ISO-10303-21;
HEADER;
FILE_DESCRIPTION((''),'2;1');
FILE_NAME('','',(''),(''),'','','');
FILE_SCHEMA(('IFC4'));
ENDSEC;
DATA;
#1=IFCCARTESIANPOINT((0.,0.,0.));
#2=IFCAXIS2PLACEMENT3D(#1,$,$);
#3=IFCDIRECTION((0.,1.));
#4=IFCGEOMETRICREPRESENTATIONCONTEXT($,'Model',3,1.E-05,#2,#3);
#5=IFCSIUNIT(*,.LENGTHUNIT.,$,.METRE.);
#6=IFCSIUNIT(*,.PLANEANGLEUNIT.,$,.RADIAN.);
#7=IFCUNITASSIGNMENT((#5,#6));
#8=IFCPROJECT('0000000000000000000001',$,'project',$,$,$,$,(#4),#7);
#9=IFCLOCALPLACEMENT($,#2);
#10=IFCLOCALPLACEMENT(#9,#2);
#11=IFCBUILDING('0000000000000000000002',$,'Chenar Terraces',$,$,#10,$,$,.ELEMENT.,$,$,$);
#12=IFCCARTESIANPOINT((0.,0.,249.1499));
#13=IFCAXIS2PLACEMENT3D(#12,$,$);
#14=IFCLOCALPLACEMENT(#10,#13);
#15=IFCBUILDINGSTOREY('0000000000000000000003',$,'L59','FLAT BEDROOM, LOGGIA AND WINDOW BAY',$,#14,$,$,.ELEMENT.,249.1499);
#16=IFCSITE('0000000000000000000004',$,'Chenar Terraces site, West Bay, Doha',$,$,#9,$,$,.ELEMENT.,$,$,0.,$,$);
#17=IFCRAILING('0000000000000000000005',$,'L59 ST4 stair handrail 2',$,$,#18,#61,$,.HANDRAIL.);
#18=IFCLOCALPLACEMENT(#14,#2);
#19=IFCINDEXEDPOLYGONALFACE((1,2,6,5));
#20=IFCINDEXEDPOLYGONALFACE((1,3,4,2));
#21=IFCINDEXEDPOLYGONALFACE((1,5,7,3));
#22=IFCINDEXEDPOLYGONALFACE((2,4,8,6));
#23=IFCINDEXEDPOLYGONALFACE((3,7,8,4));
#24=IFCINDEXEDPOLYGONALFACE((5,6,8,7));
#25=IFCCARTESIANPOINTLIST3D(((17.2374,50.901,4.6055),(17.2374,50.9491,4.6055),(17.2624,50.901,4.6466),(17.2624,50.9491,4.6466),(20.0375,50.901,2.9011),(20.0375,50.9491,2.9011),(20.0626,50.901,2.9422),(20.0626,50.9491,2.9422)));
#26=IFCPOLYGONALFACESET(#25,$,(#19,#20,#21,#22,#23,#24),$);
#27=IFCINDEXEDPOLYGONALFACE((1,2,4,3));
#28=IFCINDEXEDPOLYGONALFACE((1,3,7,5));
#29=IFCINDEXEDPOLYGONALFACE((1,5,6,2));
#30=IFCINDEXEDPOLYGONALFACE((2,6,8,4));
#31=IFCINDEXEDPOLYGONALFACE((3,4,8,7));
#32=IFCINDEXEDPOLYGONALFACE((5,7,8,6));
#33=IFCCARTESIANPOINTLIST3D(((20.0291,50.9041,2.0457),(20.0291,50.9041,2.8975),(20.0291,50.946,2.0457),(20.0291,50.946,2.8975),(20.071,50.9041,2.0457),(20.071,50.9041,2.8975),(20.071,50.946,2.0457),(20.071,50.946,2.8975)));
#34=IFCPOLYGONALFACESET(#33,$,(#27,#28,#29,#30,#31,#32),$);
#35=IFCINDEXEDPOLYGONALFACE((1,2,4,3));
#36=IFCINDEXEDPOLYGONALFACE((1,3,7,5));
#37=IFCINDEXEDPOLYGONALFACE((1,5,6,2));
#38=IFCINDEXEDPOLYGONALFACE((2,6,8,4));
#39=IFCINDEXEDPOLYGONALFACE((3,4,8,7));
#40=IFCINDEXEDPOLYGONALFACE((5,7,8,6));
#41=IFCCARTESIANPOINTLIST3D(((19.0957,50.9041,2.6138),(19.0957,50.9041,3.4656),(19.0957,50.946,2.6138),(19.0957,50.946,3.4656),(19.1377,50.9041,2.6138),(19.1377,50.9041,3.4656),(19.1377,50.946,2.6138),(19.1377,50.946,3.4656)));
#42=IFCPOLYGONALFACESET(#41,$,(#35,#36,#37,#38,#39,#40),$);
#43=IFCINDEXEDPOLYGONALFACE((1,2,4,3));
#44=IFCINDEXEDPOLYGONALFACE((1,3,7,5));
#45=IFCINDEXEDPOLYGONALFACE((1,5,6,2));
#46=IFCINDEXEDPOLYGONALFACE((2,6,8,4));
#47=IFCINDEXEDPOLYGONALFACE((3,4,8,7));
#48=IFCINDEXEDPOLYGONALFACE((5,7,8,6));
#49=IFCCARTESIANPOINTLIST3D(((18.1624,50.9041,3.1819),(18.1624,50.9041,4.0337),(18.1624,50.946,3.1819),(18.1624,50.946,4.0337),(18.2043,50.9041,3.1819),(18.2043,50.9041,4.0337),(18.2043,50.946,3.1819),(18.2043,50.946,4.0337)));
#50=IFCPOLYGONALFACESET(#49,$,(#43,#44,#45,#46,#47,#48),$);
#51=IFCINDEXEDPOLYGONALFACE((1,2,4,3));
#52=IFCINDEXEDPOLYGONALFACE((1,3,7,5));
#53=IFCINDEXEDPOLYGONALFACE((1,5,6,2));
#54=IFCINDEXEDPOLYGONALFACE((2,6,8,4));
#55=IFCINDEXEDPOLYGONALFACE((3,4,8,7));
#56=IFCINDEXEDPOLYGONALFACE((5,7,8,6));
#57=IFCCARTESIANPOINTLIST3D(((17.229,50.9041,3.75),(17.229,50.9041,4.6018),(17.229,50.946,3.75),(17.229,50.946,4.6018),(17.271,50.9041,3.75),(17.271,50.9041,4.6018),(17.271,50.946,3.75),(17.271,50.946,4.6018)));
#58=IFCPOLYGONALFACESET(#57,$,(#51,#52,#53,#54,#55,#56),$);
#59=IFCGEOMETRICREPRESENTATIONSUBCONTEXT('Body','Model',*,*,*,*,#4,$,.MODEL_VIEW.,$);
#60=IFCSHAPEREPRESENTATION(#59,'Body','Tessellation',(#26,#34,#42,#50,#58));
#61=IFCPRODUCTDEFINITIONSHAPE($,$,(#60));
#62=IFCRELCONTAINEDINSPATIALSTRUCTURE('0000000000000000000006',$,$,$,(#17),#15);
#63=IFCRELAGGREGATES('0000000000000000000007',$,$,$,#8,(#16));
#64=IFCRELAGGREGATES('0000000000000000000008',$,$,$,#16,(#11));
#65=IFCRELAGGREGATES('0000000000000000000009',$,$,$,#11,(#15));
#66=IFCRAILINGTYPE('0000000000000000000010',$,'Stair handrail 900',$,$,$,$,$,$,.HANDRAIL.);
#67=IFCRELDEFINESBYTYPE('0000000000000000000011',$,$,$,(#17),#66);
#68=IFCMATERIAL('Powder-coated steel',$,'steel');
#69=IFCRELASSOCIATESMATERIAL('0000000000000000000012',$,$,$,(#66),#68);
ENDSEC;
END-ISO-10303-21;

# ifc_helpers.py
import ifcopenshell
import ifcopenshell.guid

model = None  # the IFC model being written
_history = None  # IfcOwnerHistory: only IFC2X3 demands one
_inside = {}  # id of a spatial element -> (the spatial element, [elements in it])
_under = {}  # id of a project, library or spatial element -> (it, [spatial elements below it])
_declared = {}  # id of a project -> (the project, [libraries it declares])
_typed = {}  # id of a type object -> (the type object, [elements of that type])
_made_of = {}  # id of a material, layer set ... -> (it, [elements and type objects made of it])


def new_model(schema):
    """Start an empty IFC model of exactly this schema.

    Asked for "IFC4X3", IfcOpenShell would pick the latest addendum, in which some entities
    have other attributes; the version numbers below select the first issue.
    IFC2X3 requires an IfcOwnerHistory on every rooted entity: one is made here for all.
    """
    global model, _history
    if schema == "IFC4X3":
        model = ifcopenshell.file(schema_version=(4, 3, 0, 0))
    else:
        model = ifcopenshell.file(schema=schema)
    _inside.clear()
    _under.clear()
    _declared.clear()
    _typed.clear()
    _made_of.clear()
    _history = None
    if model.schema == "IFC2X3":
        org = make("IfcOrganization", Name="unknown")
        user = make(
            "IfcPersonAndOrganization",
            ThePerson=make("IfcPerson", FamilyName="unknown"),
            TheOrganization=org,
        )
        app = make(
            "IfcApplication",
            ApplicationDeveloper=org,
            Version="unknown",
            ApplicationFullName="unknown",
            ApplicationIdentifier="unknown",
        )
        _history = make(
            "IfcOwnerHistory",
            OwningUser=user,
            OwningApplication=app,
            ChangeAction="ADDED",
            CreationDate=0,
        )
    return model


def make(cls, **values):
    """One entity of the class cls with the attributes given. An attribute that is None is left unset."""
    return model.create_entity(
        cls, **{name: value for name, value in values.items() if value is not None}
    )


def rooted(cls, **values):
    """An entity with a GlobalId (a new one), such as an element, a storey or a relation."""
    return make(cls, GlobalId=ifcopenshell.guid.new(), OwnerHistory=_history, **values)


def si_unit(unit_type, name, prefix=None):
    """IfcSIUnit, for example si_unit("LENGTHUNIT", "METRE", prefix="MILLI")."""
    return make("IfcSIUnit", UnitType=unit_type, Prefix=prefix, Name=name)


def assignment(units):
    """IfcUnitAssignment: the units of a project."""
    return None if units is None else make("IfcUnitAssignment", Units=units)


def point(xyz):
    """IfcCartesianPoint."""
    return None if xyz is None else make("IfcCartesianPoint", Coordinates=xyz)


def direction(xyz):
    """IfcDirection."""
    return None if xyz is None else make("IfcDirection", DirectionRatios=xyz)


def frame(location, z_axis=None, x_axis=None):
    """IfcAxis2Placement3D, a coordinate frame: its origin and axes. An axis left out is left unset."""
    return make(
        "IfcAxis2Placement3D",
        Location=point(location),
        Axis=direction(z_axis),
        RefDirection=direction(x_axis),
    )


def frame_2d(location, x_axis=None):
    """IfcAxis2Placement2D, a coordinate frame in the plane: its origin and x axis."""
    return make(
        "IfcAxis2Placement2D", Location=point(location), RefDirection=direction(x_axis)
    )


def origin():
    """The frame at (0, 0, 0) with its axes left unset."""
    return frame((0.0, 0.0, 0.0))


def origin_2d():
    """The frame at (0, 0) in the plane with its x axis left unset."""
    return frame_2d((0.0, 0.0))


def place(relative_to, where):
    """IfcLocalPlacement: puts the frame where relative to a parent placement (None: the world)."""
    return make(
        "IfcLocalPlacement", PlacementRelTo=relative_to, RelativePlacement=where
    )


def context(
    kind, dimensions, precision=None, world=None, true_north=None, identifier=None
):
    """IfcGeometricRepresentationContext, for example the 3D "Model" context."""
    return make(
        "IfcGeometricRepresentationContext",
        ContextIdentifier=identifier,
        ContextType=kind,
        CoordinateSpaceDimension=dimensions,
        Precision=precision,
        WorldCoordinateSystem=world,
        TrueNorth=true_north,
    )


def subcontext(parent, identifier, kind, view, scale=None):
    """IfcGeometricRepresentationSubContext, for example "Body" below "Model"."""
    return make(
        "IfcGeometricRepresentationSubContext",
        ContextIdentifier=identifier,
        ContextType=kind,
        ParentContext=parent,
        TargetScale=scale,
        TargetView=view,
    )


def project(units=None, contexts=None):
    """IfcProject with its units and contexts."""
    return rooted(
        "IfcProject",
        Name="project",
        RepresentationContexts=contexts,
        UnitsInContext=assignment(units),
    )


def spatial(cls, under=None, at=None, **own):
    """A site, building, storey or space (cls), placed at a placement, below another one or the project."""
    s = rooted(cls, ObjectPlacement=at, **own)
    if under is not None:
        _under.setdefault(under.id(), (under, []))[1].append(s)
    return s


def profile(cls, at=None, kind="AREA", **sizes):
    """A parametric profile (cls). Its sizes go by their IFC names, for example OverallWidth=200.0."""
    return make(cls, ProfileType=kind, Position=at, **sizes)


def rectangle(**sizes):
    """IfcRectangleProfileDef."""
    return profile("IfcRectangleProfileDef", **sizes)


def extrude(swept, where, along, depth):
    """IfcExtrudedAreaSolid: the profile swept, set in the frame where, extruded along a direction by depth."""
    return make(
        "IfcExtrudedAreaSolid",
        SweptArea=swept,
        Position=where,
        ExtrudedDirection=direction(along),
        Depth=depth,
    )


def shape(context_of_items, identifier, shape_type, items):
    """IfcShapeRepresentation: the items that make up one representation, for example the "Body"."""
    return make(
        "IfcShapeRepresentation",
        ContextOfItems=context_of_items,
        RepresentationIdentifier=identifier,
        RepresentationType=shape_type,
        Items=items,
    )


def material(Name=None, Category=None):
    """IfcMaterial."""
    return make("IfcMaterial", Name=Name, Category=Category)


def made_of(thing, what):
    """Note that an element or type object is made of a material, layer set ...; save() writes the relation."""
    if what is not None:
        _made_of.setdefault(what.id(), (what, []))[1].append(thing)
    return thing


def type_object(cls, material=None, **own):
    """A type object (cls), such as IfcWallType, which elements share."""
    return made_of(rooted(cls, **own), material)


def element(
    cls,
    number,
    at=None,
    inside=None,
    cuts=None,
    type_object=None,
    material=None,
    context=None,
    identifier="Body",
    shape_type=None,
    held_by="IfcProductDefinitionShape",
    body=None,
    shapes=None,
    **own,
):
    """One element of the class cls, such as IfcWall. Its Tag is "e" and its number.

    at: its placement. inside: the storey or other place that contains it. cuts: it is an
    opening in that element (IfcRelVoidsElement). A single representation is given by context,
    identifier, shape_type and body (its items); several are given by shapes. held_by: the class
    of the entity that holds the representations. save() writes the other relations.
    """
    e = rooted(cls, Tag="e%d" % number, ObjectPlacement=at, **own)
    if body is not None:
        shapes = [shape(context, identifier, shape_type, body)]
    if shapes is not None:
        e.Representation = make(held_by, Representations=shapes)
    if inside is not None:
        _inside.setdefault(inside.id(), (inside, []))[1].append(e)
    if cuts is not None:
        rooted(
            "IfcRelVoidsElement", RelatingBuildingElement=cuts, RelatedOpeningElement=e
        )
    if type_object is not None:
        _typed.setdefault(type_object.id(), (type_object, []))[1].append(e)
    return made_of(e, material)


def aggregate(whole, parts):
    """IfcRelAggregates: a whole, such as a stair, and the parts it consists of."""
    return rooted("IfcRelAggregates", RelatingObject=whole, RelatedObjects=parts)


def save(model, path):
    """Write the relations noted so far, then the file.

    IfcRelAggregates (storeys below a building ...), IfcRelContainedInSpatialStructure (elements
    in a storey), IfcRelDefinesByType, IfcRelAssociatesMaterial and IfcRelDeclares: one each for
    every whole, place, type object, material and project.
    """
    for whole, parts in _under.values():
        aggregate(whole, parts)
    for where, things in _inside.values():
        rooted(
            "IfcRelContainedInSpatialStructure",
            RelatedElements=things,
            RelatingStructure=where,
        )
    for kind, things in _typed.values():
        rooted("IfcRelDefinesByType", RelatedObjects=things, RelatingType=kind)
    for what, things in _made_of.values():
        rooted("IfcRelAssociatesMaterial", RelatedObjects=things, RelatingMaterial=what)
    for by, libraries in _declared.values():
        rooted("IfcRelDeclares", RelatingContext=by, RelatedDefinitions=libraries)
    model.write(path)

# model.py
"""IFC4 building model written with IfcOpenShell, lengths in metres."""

from ifc_helpers import new_model, si_unit, direction, frame, origin, origin_2d, place, context, subcontext, project, spatial, rectangle, extrude, material, type_object, element, save


model = new_model("IFC4")

# Units and contexts
model_context = context("Model", 3, precision=1e-05, world=origin(), true_north=direction((0.0, 1.0)))
body_context = subcontext(model_context, "Body", "Model", "MODEL_VIEW")
ifc_project = project(units=[si_unit("LENGTHUNIT", "METRE"), si_unit("PLANEANGLEUNIT", "RADIAN")], contexts=[model_context])

# Site, building, storey
site_placement = place(None, origin())
site = spatial("IfcSite", under=ifc_project, at=site_placement, Name="Chenar Terraces site, West Bay, Doha", CompositionType="ELEMENT", RefElevation=0.0)
building_placement = place(site_placement, origin())
building = spatial("IfcBuilding", under=site, at=building_placement, Name="Chenar Terraces", CompositionType="ELEMENT")
storey_placement = place(building_placement, frame((0.0, 0.0, 249.1499)))
storey = spatial("IfcBuildingStorey", under=building, at=storey_placement, Name="L59", Description="FLAT BEDROOM, LOGGIA AND WINDOW BAY", CompositionType="ELEMENT", Elevation=249.1499)

# Railing
ifc_material_1 = material(Name="Powder-coated steel", Category="steel")
railing_type_1 = type_object("IfcRailingType", Name="Stair handrail 900", PredefinedType="HANDRAIL", material=ifc_material_1)
railing_1_placement = place(storey_placement, frame((20.05, 50.925, 2.0457)))
element("IfcRailing", 1, at=railing_1_placement, inside=storey, type_object=railing_type_1, Name="L59 ST4 stair handrail 2", PredefinedType="HANDRAIL", context=body_context, shape_type="SweptSolid", body=[
    extrude(rectangle(XDim=0.0481, YDim=0.0481, at=origin_2d()), frame((0.0, 0.0, 0.876), z_axis=(-0.854203, 0.0, 0.51994), x_axis=(0.0, -1.0, 0.0)), (0.0, 0.0, 1.0), 3.2781),
    extrude(rectangle(XDim=0.042, YDim=0.042, at=origin_2d()), origin(), (0.0, 0.0, 1.0), 0.8518),
    extrude(rectangle(XDim=0.042, YDim=0.042, at=origin_2d()), frame((-0.9333, 0.0, 0.5681)), (0.0, 0.0, 1.0), 0.8518),
    extrude(rectangle(XDim=0.042, YDim=0.042, at=origin_2d()), frame((-1.8667, 0.0, 1.1362)), (0.0, 0.0, 1.0), 0.8518),
    extrude(rectangle(XDim=0.042, YDim=0.042, at=origin_2d()), frame((-2.8, 0.0, 1.7043)), (0.0, 0.0, 1.0), 0.8518),
])

save(model, "model.ifc")
